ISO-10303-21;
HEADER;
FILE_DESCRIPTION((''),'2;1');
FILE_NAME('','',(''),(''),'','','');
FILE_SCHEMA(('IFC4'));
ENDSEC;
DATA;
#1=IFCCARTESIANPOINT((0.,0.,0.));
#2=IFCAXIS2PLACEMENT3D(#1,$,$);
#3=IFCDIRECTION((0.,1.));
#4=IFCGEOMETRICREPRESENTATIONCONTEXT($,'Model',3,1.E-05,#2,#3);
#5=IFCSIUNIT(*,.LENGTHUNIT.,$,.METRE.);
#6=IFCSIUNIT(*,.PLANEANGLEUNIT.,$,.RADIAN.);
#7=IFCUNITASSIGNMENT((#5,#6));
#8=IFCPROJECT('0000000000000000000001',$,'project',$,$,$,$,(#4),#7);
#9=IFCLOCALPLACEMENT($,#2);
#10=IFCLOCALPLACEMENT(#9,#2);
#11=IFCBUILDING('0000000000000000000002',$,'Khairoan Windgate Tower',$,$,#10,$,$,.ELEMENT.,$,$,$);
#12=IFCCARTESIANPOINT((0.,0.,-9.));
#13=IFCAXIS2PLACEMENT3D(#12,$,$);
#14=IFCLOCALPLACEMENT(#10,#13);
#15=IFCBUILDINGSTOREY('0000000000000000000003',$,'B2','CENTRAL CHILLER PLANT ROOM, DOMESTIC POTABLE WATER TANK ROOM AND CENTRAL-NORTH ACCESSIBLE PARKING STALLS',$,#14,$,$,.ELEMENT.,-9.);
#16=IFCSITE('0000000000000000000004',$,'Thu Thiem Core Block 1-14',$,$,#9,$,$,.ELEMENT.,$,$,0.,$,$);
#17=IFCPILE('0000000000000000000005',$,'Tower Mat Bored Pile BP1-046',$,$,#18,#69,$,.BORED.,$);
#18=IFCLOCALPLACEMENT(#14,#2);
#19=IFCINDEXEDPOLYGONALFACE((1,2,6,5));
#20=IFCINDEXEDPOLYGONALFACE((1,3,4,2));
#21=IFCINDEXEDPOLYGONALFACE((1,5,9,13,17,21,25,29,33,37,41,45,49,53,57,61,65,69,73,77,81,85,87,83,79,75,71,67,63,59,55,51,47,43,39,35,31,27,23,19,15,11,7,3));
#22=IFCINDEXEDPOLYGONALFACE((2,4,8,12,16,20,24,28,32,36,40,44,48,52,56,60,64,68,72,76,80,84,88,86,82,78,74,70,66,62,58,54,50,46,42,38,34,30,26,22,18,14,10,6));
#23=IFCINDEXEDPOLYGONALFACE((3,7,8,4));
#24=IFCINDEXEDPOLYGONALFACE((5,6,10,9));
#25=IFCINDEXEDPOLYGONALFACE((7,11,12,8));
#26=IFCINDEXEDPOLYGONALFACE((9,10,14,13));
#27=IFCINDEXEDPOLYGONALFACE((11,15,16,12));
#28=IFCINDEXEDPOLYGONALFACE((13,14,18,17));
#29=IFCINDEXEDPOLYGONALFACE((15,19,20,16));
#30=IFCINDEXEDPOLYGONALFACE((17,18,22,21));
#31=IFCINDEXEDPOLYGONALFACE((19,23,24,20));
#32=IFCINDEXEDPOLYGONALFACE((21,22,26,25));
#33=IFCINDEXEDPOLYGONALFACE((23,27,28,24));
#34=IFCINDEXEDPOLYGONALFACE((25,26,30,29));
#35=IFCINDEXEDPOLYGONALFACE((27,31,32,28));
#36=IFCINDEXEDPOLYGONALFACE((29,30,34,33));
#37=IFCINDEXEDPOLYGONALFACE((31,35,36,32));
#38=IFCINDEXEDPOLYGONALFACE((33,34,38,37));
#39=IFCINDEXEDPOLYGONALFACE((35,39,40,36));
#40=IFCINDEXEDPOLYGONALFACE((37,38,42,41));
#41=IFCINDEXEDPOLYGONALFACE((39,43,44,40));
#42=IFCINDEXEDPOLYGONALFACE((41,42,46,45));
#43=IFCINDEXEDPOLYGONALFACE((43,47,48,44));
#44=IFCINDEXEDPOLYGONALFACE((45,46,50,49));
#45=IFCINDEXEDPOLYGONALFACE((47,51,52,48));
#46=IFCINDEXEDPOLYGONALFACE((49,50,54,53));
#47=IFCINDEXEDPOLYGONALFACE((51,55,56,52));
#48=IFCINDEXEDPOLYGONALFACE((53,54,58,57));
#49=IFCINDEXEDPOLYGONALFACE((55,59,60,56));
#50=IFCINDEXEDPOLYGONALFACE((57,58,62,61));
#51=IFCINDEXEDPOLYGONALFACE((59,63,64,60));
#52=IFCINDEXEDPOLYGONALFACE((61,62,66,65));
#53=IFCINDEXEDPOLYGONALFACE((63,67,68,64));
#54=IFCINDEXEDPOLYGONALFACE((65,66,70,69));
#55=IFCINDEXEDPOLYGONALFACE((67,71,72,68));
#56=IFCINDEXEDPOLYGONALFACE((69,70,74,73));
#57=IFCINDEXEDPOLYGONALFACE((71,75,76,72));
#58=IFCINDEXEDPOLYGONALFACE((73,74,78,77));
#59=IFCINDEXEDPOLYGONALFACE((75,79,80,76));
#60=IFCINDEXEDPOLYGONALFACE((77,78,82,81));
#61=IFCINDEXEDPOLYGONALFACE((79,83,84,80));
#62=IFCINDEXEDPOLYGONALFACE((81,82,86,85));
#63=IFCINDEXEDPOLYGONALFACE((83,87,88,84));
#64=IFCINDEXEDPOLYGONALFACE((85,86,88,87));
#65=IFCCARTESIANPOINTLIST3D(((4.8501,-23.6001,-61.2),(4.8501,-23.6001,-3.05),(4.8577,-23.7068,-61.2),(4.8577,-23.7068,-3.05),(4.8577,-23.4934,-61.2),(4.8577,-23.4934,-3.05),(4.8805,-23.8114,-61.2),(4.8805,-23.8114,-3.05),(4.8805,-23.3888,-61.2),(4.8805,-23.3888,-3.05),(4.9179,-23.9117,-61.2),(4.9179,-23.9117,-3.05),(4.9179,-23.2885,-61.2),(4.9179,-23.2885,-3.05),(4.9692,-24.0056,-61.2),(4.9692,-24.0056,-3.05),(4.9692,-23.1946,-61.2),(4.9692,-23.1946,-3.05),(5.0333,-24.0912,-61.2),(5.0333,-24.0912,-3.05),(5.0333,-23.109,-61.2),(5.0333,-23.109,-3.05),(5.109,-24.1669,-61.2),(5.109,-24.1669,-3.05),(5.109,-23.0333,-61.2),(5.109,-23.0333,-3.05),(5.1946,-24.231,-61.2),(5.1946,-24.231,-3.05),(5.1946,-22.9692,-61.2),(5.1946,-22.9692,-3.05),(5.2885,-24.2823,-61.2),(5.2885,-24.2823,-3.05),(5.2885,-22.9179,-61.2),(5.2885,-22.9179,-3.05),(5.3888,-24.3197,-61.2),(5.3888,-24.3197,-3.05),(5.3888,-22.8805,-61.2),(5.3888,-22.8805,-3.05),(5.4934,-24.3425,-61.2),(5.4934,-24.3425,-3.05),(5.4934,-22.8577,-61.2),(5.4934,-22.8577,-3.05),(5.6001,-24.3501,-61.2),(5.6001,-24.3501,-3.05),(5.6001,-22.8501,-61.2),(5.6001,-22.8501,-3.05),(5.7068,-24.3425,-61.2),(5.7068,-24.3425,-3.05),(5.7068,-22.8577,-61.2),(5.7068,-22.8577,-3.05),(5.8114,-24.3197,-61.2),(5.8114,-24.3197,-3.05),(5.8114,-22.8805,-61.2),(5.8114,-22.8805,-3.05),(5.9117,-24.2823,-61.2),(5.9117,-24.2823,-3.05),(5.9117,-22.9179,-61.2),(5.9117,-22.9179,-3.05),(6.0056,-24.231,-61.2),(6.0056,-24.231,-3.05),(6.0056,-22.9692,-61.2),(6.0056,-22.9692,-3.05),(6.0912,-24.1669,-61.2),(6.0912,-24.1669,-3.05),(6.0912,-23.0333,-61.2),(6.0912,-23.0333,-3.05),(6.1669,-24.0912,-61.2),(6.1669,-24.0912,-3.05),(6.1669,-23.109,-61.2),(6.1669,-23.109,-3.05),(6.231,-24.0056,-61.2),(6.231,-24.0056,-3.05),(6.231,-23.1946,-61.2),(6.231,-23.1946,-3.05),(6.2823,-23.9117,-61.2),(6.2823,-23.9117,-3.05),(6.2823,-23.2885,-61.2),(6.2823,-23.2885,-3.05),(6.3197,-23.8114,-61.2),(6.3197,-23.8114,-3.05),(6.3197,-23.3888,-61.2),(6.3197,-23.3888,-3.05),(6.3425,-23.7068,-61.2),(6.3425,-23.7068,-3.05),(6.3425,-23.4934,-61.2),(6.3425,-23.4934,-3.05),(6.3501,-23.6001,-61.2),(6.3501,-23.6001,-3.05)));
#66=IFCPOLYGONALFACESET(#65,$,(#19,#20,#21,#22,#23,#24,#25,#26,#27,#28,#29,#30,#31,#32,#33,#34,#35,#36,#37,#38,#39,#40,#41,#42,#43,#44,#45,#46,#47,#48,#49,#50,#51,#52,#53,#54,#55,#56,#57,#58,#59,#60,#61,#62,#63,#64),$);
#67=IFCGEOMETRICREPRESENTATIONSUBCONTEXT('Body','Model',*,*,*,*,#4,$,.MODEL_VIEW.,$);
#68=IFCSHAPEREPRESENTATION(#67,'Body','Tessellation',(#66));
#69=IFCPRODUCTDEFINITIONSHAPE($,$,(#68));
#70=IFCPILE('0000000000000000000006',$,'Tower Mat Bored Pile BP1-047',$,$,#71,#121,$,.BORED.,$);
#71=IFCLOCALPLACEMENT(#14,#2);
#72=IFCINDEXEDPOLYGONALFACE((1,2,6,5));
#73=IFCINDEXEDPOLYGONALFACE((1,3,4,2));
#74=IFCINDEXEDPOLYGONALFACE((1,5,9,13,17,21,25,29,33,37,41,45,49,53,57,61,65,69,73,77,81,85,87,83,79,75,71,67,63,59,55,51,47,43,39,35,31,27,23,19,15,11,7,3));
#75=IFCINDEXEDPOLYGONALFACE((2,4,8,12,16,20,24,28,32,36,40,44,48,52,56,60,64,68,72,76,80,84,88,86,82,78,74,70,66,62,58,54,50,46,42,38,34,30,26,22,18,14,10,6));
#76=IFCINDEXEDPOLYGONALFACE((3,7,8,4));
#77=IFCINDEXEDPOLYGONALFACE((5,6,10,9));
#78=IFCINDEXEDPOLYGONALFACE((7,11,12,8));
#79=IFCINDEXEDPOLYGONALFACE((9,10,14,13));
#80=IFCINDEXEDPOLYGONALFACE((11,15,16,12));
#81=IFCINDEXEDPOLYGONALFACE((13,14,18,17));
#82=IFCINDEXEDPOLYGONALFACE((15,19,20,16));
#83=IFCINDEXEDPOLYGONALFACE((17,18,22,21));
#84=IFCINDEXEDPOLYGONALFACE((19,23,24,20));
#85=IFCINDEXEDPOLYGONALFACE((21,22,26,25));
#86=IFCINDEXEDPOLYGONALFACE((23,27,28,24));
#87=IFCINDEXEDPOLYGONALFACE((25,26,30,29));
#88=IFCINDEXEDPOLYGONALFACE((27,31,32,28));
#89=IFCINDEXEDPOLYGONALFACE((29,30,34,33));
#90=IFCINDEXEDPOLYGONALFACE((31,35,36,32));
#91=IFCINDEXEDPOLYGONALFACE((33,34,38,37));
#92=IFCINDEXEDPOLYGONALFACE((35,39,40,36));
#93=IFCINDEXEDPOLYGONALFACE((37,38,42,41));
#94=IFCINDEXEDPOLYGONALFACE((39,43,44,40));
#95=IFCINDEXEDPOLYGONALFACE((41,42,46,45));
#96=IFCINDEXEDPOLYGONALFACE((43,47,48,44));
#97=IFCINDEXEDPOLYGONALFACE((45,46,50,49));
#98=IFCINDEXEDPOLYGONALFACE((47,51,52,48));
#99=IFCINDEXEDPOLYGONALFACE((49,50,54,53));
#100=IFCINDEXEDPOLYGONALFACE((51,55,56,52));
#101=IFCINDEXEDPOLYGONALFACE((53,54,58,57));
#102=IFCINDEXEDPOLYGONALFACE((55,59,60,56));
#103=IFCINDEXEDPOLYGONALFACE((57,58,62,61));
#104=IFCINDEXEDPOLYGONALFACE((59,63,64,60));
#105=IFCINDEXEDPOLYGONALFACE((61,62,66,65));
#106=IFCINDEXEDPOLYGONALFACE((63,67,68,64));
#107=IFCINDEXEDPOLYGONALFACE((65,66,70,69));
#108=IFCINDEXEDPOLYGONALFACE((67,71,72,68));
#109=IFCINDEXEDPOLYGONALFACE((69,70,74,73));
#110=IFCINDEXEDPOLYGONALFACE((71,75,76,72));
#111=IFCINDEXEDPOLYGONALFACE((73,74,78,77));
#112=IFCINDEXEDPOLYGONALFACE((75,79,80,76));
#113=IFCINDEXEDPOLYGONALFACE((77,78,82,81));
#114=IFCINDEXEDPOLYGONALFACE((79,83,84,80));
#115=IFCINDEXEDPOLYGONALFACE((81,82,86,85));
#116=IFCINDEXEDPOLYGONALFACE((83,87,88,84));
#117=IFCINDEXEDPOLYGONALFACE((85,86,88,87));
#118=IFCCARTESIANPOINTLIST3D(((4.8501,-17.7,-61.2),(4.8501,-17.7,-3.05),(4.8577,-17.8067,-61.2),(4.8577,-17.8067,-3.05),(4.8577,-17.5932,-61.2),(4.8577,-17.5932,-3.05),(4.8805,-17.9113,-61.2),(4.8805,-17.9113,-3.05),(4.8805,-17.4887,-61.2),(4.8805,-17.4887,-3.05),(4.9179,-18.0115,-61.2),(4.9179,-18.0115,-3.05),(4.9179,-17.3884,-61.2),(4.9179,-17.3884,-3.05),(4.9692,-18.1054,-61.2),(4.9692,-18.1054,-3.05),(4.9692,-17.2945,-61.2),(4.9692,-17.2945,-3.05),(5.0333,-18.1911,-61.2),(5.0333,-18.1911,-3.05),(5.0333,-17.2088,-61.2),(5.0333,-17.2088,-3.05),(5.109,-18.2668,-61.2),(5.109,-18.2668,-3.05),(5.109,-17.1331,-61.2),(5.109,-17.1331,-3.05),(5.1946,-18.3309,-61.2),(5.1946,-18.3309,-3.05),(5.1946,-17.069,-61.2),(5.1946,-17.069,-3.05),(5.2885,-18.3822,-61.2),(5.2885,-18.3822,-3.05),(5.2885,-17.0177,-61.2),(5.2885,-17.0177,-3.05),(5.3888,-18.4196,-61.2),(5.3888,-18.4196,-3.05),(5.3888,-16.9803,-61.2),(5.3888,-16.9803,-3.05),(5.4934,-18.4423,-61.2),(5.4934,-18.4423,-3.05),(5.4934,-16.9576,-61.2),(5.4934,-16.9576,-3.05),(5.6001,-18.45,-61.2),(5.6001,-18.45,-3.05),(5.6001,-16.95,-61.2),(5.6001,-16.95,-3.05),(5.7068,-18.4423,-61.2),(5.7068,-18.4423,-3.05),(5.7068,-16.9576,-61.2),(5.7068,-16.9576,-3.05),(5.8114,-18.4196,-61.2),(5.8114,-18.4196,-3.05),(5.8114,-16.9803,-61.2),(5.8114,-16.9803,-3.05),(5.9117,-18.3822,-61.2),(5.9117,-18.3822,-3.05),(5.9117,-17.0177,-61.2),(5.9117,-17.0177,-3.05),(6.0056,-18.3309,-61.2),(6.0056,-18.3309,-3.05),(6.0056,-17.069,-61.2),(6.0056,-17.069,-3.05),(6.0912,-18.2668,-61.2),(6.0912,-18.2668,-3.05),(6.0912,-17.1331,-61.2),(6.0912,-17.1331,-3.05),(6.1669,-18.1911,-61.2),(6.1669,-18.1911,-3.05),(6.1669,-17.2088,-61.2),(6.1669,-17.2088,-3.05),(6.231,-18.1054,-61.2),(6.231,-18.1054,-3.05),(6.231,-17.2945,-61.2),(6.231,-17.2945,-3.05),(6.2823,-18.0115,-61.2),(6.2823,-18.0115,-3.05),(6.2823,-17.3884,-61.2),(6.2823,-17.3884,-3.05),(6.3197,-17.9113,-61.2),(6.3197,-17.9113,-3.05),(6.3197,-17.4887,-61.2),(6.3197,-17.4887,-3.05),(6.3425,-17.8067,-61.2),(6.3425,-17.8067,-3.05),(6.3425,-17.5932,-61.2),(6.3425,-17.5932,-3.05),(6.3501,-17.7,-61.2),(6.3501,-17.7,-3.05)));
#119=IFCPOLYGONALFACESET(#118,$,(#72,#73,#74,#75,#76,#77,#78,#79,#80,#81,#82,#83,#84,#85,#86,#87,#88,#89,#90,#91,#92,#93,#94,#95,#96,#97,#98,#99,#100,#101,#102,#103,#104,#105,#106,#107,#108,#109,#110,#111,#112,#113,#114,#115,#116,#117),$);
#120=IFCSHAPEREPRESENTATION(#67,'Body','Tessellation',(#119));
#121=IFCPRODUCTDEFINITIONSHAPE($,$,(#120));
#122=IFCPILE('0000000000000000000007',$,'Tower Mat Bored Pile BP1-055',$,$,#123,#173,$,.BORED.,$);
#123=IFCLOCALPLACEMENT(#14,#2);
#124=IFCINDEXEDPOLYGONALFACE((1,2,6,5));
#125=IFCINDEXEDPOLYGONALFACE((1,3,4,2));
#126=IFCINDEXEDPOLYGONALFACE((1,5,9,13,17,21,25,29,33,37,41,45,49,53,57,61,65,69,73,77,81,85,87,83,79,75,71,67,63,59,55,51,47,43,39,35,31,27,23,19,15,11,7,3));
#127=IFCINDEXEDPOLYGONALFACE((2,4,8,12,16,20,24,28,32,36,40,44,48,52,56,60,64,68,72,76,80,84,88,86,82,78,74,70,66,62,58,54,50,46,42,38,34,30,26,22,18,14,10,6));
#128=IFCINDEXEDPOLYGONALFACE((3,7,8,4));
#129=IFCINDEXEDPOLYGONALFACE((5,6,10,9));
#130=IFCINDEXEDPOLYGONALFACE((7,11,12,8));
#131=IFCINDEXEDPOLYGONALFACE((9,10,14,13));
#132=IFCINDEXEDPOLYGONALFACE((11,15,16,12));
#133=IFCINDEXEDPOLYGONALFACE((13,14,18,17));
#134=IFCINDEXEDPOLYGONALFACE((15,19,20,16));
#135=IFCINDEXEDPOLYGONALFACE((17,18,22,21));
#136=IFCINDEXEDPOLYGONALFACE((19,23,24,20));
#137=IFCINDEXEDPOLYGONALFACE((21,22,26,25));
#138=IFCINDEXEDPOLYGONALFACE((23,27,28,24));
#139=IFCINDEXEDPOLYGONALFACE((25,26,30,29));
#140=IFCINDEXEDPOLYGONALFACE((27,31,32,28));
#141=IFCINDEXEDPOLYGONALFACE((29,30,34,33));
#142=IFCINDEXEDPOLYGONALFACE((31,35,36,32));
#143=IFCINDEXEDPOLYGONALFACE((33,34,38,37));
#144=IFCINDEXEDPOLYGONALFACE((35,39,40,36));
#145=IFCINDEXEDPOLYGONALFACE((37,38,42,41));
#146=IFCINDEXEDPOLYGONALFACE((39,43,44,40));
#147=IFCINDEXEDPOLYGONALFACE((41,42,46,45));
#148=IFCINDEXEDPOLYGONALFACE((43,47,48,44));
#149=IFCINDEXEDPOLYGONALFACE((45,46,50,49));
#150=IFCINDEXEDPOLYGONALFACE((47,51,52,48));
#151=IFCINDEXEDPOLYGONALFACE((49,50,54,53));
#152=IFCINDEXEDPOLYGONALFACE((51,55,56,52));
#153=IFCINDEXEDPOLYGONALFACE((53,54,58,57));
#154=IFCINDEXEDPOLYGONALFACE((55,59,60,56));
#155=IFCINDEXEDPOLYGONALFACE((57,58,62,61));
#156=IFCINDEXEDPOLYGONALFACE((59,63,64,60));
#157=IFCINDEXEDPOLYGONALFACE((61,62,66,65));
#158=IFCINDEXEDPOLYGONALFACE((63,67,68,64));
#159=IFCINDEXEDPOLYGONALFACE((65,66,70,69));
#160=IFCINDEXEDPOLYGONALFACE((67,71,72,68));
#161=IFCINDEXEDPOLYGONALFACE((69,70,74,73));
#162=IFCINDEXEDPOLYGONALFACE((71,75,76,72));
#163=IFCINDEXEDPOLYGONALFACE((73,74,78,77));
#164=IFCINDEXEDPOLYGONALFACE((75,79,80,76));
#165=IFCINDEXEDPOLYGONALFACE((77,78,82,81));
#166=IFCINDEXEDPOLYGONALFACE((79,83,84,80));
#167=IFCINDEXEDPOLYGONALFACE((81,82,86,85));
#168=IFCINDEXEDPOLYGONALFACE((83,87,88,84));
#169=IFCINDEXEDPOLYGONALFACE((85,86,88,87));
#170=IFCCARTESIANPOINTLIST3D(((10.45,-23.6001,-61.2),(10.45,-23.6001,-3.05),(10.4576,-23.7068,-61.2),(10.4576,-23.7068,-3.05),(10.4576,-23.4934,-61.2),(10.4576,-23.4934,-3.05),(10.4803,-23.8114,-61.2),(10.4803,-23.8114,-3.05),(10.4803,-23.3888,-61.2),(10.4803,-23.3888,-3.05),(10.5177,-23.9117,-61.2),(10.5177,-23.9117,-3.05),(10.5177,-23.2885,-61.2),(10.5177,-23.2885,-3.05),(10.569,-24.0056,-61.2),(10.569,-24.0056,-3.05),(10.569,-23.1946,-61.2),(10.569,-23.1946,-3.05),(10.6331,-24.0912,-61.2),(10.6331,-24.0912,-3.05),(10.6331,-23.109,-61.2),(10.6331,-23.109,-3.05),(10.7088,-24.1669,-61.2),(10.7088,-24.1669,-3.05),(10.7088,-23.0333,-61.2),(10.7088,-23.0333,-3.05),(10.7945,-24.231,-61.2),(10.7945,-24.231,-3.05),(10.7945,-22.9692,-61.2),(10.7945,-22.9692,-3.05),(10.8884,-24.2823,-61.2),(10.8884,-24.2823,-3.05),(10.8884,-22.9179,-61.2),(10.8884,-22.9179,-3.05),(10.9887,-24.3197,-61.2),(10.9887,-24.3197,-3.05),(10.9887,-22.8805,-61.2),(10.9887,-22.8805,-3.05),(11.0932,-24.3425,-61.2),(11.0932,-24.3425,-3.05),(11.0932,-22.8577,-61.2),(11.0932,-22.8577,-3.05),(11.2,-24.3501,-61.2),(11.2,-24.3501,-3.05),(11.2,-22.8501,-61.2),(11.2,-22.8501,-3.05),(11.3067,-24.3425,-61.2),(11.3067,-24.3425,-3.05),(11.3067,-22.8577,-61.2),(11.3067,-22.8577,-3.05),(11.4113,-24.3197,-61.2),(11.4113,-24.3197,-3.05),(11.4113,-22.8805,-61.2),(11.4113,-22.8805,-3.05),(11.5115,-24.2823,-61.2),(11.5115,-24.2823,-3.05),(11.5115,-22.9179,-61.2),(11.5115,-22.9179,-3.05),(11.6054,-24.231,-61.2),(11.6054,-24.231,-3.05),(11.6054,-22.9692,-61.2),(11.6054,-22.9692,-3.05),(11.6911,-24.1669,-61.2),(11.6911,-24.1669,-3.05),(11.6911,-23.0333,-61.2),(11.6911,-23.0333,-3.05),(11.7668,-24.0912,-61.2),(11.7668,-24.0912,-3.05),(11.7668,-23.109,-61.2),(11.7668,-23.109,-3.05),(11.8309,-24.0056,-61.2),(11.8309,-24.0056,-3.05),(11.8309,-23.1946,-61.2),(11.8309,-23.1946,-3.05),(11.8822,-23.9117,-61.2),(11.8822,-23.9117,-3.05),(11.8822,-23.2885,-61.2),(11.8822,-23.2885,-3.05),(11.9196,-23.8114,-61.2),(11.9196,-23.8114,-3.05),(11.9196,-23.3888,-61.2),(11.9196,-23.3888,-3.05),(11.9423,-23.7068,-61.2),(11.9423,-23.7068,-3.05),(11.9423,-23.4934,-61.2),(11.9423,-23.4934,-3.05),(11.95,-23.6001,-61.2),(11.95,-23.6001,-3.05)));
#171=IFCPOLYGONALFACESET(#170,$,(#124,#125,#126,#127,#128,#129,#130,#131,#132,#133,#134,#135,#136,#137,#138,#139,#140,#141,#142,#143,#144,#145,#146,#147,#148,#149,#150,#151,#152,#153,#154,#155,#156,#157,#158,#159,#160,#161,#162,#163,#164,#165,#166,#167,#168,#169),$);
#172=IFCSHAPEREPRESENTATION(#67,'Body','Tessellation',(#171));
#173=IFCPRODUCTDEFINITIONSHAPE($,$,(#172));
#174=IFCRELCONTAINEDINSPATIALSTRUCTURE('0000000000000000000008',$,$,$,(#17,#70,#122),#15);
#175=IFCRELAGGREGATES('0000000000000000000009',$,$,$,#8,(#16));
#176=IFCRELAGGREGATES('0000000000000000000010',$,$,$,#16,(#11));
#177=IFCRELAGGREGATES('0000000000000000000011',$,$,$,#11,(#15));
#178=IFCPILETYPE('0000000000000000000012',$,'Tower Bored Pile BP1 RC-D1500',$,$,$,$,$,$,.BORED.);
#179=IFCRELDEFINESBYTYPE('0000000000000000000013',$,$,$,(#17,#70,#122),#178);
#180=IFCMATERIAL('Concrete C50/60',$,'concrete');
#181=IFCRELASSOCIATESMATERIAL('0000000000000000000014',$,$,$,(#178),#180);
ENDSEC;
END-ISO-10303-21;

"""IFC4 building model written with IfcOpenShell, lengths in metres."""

from ifc_helpers import new_model, si_unit, direction, frame, origin, origin_2d, place, context, subcontext, project, spatial, circle, extrude, material, material_profile, profile_set, type_object, element, save


model = new_model("IFC4")

# Units and contexts
model_context = context("Model", 3, precision=1e-05, world=origin(), true_north=direction((0.0, 1.0)))
body_context = subcontext(model_context, "Body", "Model", "MODEL_VIEW")
ifc_project = project(units=[si_unit("LENGTHUNIT", "METRE"), si_unit("PLANEANGLEUNIT", "RADIAN")], contexts=[model_context])

# Site, building, storey
site_placement = place(None, origin())
site = spatial("IfcSite", under=ifc_project, at=site_placement, Name="Thu Thiem Core Block 1-14", CompositionType="ELEMENT", RefElevation=0.0)
building_placement = place(site_placement, origin())
building = spatial("IfcBuilding", under=site, at=building_placement, Name="Khairoan Windgate Tower", CompositionType="ELEMENT")
storey_placement = place(building_placement, frame((0.0, 0.0, -9.0)))
storey = spatial("IfcBuildingStorey", under=building, at=storey_placement, Name="B2", Description="CENTRAL CHILLER PLANT ROOM, DOMESTIC POTABLE WATER TANK ROOM AND CENTRAL-NORTH ACCESSIBLE PARKING STALLS", CompositionType="ELEMENT", Elevation=-9.0)

# Piles
ifc_material_1 = material(Name="Concrete C50/60", Category="concrete")
ifc_material_profile_1 = material_profile(ifc_material_1, circle(Radius=0.75, at=origin_2d()))
ifc_profile_set_1 = profile_set([ifc_material_profile_1], Name="Concrete C50/60")
pile_type = type_object("IfcPileType", Name="Tower Bored Pile BP1 RC-D1500", PredefinedType="BORED", material=ifc_profile_set_1)
for number, where, z_axis, x_axis, name in (
    (1, (5.6001, -23.6001, -3.05), (0.0, 0.0, -1.0), (1.0, 0.0, 0.0), "Tower Mat Bored Pile BP1-046"),
    (2, (5.6001, -17.7, -3.05), (0.0, 0.0, -1.0), (1.0, 0.0, 0.0), "Tower Mat Bored Pile BP1-047"),
    (3, (11.2, -23.6001, -3.05), (0.0, 0.0, -1.0), (1.0, 0.0, 0.0), "Tower Mat Bored Pile BP1-055"),
):
    element("IfcPile", number, at=place(storey_placement, frame(where, z_axis=z_axis, x_axis=x_axis)), inside=storey, type_object=pile_type, Name=name, PredefinedType="BORED", context=body_context, shape_type="SweptSolid", body=[
        extrude(circle(Radius=0.75, at=origin_2d()), origin(), (0.0, 0.0, 1.0), 58.1499),
    ])

save(model, "model.ifc")
